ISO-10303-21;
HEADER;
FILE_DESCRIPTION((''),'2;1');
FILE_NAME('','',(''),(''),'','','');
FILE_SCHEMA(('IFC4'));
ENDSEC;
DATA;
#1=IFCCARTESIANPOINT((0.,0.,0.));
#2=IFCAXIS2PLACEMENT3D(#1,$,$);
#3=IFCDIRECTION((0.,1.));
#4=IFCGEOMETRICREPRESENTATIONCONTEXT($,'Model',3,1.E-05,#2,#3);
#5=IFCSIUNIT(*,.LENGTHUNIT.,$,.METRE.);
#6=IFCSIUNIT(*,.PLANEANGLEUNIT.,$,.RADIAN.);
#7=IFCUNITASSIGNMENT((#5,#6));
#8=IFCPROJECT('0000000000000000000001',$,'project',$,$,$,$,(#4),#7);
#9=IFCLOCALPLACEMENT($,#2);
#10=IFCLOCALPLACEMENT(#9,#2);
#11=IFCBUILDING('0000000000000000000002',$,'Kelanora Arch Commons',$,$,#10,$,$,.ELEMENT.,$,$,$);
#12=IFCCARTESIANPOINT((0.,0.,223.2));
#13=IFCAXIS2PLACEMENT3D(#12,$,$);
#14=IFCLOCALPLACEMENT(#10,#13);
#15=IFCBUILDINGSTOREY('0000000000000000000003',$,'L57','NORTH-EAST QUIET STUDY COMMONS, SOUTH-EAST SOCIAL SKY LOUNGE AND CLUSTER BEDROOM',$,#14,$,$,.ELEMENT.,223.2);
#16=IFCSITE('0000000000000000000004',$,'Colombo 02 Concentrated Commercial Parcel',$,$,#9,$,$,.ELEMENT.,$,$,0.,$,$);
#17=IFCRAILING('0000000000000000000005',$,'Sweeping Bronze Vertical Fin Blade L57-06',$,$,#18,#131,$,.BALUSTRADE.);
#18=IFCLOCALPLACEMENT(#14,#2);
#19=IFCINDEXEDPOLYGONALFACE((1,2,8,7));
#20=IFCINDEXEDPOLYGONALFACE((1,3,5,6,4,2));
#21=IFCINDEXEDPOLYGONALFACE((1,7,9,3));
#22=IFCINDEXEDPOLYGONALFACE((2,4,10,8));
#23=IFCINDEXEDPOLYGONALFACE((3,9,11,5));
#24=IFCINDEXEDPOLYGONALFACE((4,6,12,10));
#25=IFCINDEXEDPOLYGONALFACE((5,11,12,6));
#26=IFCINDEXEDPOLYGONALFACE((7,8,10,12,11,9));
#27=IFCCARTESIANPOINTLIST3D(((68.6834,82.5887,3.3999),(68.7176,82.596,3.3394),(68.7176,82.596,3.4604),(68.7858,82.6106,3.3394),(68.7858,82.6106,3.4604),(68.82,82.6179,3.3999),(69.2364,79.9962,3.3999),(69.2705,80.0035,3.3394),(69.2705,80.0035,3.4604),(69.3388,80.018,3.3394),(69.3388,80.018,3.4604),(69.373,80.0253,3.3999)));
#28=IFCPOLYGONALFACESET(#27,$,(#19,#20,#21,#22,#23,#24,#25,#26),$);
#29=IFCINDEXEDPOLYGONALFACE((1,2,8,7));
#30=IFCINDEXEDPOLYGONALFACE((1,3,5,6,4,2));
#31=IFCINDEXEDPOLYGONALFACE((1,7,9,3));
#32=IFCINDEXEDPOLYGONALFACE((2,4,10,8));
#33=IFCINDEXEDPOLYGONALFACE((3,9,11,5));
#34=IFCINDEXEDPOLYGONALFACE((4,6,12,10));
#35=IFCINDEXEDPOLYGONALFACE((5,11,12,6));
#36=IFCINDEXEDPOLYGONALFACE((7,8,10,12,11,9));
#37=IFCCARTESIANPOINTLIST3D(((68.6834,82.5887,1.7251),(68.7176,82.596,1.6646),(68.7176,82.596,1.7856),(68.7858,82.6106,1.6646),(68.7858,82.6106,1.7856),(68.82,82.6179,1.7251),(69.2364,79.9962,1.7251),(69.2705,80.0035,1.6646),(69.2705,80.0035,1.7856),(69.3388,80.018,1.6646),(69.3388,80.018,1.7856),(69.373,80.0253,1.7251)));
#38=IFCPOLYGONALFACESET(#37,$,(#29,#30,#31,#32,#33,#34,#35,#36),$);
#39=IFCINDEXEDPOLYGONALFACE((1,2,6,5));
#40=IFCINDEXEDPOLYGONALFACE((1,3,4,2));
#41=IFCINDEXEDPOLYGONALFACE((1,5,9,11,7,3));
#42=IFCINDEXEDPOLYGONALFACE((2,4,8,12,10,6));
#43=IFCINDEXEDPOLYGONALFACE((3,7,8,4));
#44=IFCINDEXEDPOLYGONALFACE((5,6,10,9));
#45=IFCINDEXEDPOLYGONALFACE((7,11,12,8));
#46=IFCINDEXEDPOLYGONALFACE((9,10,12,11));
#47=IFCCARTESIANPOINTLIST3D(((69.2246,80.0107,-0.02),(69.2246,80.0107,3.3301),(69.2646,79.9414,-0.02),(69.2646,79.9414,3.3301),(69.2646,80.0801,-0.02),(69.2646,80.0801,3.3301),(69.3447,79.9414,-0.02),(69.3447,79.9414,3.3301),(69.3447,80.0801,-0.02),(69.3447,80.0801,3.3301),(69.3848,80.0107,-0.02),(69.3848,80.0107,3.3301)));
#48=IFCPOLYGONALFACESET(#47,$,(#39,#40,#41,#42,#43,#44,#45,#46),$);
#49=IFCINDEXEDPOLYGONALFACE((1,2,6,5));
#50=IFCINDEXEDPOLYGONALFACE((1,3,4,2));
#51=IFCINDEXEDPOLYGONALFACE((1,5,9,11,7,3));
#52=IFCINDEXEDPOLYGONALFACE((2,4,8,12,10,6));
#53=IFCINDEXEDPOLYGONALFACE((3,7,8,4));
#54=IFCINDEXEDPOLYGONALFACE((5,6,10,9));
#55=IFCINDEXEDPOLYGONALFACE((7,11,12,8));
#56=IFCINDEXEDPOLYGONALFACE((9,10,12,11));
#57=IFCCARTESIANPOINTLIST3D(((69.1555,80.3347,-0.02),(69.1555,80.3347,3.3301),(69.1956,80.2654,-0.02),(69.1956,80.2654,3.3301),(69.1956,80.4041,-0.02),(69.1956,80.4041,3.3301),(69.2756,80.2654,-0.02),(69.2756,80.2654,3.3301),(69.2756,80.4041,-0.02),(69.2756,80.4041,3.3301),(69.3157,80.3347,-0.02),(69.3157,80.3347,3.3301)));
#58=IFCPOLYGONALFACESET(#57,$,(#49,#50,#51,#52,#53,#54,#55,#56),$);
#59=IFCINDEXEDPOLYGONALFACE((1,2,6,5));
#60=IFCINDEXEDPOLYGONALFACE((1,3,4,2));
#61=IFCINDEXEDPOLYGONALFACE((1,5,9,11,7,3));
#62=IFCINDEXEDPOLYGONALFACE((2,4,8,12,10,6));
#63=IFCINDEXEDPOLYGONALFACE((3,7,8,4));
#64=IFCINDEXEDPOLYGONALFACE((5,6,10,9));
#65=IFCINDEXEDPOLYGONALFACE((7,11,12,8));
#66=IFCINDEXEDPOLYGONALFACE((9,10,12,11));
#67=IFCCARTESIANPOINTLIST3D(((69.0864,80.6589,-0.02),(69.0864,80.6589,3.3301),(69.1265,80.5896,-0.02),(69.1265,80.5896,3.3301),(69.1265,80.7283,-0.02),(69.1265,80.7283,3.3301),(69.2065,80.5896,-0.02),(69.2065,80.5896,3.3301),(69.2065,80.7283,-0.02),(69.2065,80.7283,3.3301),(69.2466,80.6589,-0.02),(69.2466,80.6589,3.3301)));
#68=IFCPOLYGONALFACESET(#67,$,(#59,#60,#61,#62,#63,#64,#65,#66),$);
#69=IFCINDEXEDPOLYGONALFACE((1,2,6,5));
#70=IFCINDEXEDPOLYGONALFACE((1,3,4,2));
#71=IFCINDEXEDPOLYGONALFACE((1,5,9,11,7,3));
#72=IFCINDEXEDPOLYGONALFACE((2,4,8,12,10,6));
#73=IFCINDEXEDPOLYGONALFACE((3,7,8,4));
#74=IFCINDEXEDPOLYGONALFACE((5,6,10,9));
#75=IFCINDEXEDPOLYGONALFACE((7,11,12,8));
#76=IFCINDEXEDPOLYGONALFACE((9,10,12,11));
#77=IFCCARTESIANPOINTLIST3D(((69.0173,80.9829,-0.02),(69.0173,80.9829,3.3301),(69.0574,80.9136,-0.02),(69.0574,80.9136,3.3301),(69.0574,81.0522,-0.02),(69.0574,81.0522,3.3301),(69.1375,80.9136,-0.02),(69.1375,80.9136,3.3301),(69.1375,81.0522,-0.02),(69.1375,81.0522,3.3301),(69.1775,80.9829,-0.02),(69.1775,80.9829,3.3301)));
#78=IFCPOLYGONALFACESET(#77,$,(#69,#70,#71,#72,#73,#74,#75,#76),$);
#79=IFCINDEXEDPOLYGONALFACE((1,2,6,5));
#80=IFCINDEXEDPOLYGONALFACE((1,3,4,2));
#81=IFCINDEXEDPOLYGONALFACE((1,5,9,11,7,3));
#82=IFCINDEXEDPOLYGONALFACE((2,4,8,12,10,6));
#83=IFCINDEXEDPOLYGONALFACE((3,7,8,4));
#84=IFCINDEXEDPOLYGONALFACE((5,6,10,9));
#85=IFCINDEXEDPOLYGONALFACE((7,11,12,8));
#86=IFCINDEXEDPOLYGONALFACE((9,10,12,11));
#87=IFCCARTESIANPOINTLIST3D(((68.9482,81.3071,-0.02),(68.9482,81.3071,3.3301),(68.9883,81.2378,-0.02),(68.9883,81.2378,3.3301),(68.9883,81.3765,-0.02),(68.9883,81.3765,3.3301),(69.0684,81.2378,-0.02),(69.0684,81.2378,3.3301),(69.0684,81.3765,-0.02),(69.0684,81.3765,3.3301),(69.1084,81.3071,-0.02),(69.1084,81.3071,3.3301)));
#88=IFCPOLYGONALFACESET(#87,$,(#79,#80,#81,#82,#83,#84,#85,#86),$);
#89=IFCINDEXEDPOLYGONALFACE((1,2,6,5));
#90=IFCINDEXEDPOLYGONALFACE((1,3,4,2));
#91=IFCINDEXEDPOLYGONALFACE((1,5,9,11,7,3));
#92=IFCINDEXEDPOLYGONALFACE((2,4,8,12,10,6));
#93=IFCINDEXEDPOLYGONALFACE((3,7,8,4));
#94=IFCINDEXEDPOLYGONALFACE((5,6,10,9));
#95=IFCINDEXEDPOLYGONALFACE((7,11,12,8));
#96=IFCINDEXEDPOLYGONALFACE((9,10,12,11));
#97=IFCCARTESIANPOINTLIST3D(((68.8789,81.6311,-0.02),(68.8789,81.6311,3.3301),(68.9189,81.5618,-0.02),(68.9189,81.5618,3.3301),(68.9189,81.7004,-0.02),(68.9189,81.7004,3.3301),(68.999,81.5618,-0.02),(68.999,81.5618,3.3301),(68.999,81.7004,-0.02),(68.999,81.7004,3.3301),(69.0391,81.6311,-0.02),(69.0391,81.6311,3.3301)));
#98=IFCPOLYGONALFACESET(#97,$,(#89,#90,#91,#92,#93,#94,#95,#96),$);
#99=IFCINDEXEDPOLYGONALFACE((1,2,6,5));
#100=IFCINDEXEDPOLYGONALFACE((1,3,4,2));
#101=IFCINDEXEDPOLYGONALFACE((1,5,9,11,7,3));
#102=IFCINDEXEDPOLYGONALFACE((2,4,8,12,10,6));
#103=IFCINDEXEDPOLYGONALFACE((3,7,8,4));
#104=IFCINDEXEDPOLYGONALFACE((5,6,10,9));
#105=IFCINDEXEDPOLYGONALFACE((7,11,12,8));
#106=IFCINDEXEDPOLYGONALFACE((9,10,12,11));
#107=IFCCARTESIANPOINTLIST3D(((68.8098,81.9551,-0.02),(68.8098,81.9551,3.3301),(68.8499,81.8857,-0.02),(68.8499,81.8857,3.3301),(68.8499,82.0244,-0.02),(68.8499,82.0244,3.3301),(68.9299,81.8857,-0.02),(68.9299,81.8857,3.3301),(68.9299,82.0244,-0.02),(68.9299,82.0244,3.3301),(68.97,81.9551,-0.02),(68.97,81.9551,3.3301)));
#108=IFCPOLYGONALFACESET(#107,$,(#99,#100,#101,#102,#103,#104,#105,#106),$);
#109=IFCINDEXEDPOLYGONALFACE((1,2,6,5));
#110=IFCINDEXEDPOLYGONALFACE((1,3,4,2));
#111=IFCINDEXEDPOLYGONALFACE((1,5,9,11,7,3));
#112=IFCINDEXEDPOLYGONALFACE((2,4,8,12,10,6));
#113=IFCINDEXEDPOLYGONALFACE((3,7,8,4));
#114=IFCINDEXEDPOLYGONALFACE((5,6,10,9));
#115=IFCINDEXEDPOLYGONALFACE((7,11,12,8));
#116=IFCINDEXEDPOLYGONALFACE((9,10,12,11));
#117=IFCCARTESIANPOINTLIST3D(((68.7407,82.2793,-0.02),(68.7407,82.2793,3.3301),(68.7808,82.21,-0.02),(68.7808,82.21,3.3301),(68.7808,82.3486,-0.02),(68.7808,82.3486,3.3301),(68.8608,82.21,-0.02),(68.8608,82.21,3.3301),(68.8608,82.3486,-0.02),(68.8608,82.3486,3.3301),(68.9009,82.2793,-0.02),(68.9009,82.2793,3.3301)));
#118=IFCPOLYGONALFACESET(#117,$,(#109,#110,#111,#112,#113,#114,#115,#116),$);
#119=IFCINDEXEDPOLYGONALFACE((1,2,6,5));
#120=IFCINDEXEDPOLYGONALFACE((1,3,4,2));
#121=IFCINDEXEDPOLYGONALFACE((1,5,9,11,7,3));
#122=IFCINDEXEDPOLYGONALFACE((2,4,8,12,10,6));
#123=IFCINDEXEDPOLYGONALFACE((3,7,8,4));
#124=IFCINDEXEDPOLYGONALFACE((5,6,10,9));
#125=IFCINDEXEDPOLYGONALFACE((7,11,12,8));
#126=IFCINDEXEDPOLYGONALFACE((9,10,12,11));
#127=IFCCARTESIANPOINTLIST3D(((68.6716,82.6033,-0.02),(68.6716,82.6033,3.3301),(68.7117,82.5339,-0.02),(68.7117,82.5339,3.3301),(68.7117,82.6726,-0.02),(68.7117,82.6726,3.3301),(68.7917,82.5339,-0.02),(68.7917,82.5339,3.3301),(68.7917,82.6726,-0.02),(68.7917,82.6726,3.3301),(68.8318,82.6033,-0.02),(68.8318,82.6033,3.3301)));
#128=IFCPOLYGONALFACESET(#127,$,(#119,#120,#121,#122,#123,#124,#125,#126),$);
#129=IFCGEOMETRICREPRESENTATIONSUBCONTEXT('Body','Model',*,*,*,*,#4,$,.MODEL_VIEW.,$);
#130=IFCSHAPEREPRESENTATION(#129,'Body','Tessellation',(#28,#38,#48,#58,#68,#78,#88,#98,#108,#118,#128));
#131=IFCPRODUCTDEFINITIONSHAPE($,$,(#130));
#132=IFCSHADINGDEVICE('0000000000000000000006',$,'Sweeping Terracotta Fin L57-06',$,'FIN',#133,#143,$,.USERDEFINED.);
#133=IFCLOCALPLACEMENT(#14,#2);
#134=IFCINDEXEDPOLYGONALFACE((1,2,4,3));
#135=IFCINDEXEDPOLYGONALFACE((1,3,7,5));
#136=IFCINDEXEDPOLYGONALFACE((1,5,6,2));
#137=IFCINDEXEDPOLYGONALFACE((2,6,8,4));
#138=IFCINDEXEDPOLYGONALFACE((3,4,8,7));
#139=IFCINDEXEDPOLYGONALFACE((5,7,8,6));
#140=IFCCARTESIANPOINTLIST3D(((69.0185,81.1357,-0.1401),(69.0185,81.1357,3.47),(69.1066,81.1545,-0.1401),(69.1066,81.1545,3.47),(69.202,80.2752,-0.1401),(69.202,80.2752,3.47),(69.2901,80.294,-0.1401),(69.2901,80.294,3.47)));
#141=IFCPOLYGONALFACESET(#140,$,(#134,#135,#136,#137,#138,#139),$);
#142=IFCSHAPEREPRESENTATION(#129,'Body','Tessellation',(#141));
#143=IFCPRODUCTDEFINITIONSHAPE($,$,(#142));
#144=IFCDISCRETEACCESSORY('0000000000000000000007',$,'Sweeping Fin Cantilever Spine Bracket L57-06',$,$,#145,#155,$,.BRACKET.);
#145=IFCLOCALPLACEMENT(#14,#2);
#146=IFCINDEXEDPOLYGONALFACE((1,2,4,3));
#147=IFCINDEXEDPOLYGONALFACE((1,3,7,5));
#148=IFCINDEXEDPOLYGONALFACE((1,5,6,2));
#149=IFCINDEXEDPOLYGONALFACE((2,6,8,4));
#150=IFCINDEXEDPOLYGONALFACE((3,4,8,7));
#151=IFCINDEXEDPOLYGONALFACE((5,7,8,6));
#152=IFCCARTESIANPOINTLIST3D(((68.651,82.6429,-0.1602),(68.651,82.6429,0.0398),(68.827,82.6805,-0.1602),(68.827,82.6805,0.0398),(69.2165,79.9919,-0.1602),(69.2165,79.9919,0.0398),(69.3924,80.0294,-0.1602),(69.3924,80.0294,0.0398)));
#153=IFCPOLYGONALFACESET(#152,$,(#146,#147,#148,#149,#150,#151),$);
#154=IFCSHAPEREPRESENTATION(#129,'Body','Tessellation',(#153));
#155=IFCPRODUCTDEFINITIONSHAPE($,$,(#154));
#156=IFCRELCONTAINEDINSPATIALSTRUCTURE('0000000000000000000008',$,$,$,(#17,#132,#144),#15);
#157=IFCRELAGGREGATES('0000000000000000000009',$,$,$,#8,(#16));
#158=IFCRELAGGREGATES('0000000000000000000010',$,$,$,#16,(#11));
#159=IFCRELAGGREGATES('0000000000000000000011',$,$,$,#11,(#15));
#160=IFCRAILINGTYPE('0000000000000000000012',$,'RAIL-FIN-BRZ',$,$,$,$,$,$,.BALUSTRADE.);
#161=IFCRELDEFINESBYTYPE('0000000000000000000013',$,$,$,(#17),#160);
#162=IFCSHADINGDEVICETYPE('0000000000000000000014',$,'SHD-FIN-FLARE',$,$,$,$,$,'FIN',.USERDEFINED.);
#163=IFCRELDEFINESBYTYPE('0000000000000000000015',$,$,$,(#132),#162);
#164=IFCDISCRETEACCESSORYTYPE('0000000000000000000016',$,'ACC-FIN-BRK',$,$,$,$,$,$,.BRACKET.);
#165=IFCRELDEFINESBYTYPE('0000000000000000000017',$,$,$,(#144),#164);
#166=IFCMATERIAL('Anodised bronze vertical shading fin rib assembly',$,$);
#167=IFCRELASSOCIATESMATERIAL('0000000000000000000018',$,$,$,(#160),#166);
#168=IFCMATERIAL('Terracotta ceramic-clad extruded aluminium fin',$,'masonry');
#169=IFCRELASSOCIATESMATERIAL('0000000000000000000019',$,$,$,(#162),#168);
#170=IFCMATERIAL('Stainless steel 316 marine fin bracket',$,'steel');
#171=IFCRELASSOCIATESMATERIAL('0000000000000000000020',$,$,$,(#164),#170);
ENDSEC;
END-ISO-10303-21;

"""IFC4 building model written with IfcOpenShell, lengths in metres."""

from ifc_helpers import new_model, si_unit, direction, frame, origin, origin_2d, place, context, subcontext, project, spatial, polyline, rectangle, outline, extrude, source, transform, mapped, material, type_object, element, save


model = new_model("IFC4")

# Units and contexts
model_context = context("Model", 3, precision=1e-05, world=origin(), true_north=direction((0.0, 1.0)))
body_context = subcontext(model_context, "Body", "Model", "MODEL_VIEW")
ifc_project = project(units=[si_unit("LENGTHUNIT", "METRE"), si_unit("PLANEANGLEUNIT", "RADIAN")], contexts=[model_context])

# Site, building, storey
site_placement = place(None, origin())
site = spatial("IfcSite", under=ifc_project, at=site_placement, Name="Colombo 02 Concentrated Commercial Parcel", CompositionType="ELEMENT", RefElevation=0.0)
building_placement = place(site_placement, origin())
building = spatial("IfcBuilding", under=site, at=building_placement, Name="Kelanora Arch Commons", CompositionType="ELEMENT")
storey_placement = place(building_placement, frame((0.0, 0.0, 223.2)))
storey = spatial("IfcBuildingStorey", under=building, at=storey_placement, Name="L57", Description="NORTH-EAST QUIET STUDY COMMONS, SOUTH-EAST SOCIAL SKY LOUNGE AND CLUSTER BEDROOM", CompositionType="ELEMENT", Elevation=223.2)

# Railing
ifc_material_1 = material(Name="Anodised bronze vertical shading fin rib assembly")
railing_type = type_object("IfcRailingType", Name="RAIL-FIN-BRZ", PredefinedType="BALUSTRADE", material=ifc_material_1)
railing_placement = place(storey_placement, frame((69.3047, 80.0107, -0.02)))
element("IfcRailing", 1, at=railing_placement, inside=storey, type_object=railing_type, Name="Sweeping Bronze Vertical Fin Blade L57-06", PredefinedType="BALUSTRADE", context=body_context, shape_type="SweptSolid", body=[
    extrude(outline(polyline([(0.0698, 0.0), (0.0349, 0.0605), (-0.0349, 0.0605), (-0.0698, 0.0), (-0.0349, -0.0605), (0.0349, -0.0605), (0.0698, 0.0)])), frame((0.0, 0.0, 3.4199), z_axis=(-0.208604, 0.978, 0.0), x_axis=(-0.978, -0.208604, 0.0)), (0.0, 0.0, 1.0), 2.6509),
    extrude(outline(polyline([(0.0698, 0.0), (0.0349, 0.0605), (-0.0349, 0.0605), (-0.0698, 0.0), (-0.0349, -0.0605), (0.0349, -0.0605), (0.0698, 0.0)])), frame((0.0, 0.0, 1.7451), z_axis=(-0.208604, 0.978, 0.0), x_axis=(-0.978, -0.208604, 0.0)), (0.0, 0.0, 1.0), 2.6509),
    extrude(outline(polyline([(0.0801, 0.0), (0.04, 0.0693), (-0.04, 0.0693), (-0.0801, 0.0), (-0.04, -0.0693), (0.04, -0.0693), (0.0801, 0.0)])), origin(), (0.0, 0.0, 1.0), 3.3501),
    extrude(outline(polyline([(0.0801, 0.0), (0.04, 0.0693), (-0.04, 0.0693), (-0.0801, 0.0), (-0.04, -0.0693), (0.04, -0.0693), (0.0801, 0.0)])), frame((-0.0691, 0.324, 0.0)), (0.0, 0.0, 1.0), 3.3501),
    extrude(outline(polyline([(0.0801, 0.0), (0.04, 0.0693), (-0.04, 0.0693), (-0.0801, 0.0), (-0.04, -0.0693), (0.04, -0.0693), (0.0801, 0.0)])), frame((-0.1382, 0.6482, 0.0)), (0.0, 0.0, 1.0), 3.3501),
    extrude(outline(polyline([(0.0801, 0.0), (0.04, 0.0693), (-0.04, 0.0693), (-0.0801, 0.0), (-0.04, -0.0693), (0.04, -0.0693), (0.0801, 0.0)])), frame((-0.2073, 0.9722, 0.0)), (0.0, 0.0, 1.0), 3.3501),
    extrude(outline(polyline([(0.0801, 0.0), (0.04, 0.0693), (-0.04, 0.0693), (-0.0801, 0.0), (-0.04, -0.0693), (0.04, -0.0693), (0.0801, 0.0)])), frame((-0.2764, 1.2964, 0.0)), (0.0, 0.0, 1.0), 3.3501),
    extrude(outline(polyline([(0.0801, 0.0), (0.04, 0.0693), (-0.04, 0.0693), (-0.0801, 0.0), (-0.04, -0.0693), (0.04, -0.0693), (0.0801, 0.0)])), frame((-0.3457, 1.6204, 0.0)), (0.0, 0.0, 1.0), 3.3501),
    extrude(outline(polyline([(0.0801, 0.0), (0.04, 0.0693), (-0.04, 0.0693), (-0.0801, 0.0), (-0.04, -0.0693), (0.04, -0.0693), (0.0801, 0.0)])), frame((-0.4148, 1.9443, 0.0)), (0.0, 0.0, 1.0), 3.3501),
    extrude(outline(polyline([(0.0801, 0.0), (0.04, 0.0693), (-0.04, 0.0693), (-0.0801, 0.0), (-0.04, -0.0693), (0.04, -0.0693), (0.0801, 0.0)])), frame((-0.4839, 2.2686, 0.0)), (0.0, 0.0, 1.0), 3.3501),
    extrude(outline(polyline([(0.0801, 0.0), (0.04, 0.0693), (-0.04, 0.0693), (-0.0801, 0.0), (-0.04, -0.0693), (0.04, -0.0693), (0.0801, 0.0)])), frame((-0.553, 2.5925, 0.0)), (0.0, 0.0, 1.0), 3.3501),
])

# Shading device
ifc_material_2 = material(Name="Terracotta ceramic-clad extruded aluminium fin", Category="masonry")
shading_device_type = type_object("IfcShadingDeviceType", Name="SHD-FIN-FLARE", ElementType="FIN", PredefinedType="USERDEFINED", material=ifc_material_2)
shared_shape_1 = source(origin(), body_context, "Body", "SweptSolid", [
    extrude(rectangle(XDim=0.8799, YDim=0.0901, at=origin_2d()), origin(), (0.0, 0.0, 1.0), 3.6101),
])
shading_device_placement = place(storey_placement, frame((69.1543, 80.7148, -0.1401), z_axis=(0.0, 0.0, 1.0), x_axis=(-0.208595, 0.978002, 0.0)))
element("IfcShadingDevice", 2, at=shading_device_placement, inside=storey, type_object=shading_device_type, Name="Sweeping Terracotta Fin L57-06", ObjectType="FIN", PredefinedType="USERDEFINED", context=body_context, shape_type="MappedRepresentation", body=[
    mapped(shared_shape_1, transform((0.0, 0.0, 0.0), scale=1.0)),
])

# Discrete accessory
ifc_material_3 = material(Name="Stainless steel 316 marine fin bracket", Category="steel")
discrete_accessory_type = type_object("IfcDiscreteAccessoryType", Name="ACC-FIN-BRK", PredefinedType="BRACKET", material=ifc_material_3)
shared_shape_2 = source(origin(), body_context, "Body", "SweptSolid", [
    extrude(rectangle(XDim=2.7107, YDim=0.1799, at=origin_2d()), origin(), (0.0, 0.0, 1.0), 0.2),
])
discrete_accessory_placement = place(storey_placement, frame((69.0217, 81.3362, -0.1602), z_axis=(0.0, 0.0, 1.0), x_axis=(-0.208595, 0.978002, 0.0)))
element("IfcDiscreteAccessory", 3, at=discrete_accessory_placement, inside=storey, type_object=discrete_accessory_type, Name="Sweeping Fin Cantilever Spine Bracket L57-06", PredefinedType="BRACKET", context=body_context, shape_type="MappedRepresentation", body=[
    mapped(shared_shape_2, transform((0.0, 0.0, 0.0), scale=1.0)),
])

save(model, "model.ifc")
